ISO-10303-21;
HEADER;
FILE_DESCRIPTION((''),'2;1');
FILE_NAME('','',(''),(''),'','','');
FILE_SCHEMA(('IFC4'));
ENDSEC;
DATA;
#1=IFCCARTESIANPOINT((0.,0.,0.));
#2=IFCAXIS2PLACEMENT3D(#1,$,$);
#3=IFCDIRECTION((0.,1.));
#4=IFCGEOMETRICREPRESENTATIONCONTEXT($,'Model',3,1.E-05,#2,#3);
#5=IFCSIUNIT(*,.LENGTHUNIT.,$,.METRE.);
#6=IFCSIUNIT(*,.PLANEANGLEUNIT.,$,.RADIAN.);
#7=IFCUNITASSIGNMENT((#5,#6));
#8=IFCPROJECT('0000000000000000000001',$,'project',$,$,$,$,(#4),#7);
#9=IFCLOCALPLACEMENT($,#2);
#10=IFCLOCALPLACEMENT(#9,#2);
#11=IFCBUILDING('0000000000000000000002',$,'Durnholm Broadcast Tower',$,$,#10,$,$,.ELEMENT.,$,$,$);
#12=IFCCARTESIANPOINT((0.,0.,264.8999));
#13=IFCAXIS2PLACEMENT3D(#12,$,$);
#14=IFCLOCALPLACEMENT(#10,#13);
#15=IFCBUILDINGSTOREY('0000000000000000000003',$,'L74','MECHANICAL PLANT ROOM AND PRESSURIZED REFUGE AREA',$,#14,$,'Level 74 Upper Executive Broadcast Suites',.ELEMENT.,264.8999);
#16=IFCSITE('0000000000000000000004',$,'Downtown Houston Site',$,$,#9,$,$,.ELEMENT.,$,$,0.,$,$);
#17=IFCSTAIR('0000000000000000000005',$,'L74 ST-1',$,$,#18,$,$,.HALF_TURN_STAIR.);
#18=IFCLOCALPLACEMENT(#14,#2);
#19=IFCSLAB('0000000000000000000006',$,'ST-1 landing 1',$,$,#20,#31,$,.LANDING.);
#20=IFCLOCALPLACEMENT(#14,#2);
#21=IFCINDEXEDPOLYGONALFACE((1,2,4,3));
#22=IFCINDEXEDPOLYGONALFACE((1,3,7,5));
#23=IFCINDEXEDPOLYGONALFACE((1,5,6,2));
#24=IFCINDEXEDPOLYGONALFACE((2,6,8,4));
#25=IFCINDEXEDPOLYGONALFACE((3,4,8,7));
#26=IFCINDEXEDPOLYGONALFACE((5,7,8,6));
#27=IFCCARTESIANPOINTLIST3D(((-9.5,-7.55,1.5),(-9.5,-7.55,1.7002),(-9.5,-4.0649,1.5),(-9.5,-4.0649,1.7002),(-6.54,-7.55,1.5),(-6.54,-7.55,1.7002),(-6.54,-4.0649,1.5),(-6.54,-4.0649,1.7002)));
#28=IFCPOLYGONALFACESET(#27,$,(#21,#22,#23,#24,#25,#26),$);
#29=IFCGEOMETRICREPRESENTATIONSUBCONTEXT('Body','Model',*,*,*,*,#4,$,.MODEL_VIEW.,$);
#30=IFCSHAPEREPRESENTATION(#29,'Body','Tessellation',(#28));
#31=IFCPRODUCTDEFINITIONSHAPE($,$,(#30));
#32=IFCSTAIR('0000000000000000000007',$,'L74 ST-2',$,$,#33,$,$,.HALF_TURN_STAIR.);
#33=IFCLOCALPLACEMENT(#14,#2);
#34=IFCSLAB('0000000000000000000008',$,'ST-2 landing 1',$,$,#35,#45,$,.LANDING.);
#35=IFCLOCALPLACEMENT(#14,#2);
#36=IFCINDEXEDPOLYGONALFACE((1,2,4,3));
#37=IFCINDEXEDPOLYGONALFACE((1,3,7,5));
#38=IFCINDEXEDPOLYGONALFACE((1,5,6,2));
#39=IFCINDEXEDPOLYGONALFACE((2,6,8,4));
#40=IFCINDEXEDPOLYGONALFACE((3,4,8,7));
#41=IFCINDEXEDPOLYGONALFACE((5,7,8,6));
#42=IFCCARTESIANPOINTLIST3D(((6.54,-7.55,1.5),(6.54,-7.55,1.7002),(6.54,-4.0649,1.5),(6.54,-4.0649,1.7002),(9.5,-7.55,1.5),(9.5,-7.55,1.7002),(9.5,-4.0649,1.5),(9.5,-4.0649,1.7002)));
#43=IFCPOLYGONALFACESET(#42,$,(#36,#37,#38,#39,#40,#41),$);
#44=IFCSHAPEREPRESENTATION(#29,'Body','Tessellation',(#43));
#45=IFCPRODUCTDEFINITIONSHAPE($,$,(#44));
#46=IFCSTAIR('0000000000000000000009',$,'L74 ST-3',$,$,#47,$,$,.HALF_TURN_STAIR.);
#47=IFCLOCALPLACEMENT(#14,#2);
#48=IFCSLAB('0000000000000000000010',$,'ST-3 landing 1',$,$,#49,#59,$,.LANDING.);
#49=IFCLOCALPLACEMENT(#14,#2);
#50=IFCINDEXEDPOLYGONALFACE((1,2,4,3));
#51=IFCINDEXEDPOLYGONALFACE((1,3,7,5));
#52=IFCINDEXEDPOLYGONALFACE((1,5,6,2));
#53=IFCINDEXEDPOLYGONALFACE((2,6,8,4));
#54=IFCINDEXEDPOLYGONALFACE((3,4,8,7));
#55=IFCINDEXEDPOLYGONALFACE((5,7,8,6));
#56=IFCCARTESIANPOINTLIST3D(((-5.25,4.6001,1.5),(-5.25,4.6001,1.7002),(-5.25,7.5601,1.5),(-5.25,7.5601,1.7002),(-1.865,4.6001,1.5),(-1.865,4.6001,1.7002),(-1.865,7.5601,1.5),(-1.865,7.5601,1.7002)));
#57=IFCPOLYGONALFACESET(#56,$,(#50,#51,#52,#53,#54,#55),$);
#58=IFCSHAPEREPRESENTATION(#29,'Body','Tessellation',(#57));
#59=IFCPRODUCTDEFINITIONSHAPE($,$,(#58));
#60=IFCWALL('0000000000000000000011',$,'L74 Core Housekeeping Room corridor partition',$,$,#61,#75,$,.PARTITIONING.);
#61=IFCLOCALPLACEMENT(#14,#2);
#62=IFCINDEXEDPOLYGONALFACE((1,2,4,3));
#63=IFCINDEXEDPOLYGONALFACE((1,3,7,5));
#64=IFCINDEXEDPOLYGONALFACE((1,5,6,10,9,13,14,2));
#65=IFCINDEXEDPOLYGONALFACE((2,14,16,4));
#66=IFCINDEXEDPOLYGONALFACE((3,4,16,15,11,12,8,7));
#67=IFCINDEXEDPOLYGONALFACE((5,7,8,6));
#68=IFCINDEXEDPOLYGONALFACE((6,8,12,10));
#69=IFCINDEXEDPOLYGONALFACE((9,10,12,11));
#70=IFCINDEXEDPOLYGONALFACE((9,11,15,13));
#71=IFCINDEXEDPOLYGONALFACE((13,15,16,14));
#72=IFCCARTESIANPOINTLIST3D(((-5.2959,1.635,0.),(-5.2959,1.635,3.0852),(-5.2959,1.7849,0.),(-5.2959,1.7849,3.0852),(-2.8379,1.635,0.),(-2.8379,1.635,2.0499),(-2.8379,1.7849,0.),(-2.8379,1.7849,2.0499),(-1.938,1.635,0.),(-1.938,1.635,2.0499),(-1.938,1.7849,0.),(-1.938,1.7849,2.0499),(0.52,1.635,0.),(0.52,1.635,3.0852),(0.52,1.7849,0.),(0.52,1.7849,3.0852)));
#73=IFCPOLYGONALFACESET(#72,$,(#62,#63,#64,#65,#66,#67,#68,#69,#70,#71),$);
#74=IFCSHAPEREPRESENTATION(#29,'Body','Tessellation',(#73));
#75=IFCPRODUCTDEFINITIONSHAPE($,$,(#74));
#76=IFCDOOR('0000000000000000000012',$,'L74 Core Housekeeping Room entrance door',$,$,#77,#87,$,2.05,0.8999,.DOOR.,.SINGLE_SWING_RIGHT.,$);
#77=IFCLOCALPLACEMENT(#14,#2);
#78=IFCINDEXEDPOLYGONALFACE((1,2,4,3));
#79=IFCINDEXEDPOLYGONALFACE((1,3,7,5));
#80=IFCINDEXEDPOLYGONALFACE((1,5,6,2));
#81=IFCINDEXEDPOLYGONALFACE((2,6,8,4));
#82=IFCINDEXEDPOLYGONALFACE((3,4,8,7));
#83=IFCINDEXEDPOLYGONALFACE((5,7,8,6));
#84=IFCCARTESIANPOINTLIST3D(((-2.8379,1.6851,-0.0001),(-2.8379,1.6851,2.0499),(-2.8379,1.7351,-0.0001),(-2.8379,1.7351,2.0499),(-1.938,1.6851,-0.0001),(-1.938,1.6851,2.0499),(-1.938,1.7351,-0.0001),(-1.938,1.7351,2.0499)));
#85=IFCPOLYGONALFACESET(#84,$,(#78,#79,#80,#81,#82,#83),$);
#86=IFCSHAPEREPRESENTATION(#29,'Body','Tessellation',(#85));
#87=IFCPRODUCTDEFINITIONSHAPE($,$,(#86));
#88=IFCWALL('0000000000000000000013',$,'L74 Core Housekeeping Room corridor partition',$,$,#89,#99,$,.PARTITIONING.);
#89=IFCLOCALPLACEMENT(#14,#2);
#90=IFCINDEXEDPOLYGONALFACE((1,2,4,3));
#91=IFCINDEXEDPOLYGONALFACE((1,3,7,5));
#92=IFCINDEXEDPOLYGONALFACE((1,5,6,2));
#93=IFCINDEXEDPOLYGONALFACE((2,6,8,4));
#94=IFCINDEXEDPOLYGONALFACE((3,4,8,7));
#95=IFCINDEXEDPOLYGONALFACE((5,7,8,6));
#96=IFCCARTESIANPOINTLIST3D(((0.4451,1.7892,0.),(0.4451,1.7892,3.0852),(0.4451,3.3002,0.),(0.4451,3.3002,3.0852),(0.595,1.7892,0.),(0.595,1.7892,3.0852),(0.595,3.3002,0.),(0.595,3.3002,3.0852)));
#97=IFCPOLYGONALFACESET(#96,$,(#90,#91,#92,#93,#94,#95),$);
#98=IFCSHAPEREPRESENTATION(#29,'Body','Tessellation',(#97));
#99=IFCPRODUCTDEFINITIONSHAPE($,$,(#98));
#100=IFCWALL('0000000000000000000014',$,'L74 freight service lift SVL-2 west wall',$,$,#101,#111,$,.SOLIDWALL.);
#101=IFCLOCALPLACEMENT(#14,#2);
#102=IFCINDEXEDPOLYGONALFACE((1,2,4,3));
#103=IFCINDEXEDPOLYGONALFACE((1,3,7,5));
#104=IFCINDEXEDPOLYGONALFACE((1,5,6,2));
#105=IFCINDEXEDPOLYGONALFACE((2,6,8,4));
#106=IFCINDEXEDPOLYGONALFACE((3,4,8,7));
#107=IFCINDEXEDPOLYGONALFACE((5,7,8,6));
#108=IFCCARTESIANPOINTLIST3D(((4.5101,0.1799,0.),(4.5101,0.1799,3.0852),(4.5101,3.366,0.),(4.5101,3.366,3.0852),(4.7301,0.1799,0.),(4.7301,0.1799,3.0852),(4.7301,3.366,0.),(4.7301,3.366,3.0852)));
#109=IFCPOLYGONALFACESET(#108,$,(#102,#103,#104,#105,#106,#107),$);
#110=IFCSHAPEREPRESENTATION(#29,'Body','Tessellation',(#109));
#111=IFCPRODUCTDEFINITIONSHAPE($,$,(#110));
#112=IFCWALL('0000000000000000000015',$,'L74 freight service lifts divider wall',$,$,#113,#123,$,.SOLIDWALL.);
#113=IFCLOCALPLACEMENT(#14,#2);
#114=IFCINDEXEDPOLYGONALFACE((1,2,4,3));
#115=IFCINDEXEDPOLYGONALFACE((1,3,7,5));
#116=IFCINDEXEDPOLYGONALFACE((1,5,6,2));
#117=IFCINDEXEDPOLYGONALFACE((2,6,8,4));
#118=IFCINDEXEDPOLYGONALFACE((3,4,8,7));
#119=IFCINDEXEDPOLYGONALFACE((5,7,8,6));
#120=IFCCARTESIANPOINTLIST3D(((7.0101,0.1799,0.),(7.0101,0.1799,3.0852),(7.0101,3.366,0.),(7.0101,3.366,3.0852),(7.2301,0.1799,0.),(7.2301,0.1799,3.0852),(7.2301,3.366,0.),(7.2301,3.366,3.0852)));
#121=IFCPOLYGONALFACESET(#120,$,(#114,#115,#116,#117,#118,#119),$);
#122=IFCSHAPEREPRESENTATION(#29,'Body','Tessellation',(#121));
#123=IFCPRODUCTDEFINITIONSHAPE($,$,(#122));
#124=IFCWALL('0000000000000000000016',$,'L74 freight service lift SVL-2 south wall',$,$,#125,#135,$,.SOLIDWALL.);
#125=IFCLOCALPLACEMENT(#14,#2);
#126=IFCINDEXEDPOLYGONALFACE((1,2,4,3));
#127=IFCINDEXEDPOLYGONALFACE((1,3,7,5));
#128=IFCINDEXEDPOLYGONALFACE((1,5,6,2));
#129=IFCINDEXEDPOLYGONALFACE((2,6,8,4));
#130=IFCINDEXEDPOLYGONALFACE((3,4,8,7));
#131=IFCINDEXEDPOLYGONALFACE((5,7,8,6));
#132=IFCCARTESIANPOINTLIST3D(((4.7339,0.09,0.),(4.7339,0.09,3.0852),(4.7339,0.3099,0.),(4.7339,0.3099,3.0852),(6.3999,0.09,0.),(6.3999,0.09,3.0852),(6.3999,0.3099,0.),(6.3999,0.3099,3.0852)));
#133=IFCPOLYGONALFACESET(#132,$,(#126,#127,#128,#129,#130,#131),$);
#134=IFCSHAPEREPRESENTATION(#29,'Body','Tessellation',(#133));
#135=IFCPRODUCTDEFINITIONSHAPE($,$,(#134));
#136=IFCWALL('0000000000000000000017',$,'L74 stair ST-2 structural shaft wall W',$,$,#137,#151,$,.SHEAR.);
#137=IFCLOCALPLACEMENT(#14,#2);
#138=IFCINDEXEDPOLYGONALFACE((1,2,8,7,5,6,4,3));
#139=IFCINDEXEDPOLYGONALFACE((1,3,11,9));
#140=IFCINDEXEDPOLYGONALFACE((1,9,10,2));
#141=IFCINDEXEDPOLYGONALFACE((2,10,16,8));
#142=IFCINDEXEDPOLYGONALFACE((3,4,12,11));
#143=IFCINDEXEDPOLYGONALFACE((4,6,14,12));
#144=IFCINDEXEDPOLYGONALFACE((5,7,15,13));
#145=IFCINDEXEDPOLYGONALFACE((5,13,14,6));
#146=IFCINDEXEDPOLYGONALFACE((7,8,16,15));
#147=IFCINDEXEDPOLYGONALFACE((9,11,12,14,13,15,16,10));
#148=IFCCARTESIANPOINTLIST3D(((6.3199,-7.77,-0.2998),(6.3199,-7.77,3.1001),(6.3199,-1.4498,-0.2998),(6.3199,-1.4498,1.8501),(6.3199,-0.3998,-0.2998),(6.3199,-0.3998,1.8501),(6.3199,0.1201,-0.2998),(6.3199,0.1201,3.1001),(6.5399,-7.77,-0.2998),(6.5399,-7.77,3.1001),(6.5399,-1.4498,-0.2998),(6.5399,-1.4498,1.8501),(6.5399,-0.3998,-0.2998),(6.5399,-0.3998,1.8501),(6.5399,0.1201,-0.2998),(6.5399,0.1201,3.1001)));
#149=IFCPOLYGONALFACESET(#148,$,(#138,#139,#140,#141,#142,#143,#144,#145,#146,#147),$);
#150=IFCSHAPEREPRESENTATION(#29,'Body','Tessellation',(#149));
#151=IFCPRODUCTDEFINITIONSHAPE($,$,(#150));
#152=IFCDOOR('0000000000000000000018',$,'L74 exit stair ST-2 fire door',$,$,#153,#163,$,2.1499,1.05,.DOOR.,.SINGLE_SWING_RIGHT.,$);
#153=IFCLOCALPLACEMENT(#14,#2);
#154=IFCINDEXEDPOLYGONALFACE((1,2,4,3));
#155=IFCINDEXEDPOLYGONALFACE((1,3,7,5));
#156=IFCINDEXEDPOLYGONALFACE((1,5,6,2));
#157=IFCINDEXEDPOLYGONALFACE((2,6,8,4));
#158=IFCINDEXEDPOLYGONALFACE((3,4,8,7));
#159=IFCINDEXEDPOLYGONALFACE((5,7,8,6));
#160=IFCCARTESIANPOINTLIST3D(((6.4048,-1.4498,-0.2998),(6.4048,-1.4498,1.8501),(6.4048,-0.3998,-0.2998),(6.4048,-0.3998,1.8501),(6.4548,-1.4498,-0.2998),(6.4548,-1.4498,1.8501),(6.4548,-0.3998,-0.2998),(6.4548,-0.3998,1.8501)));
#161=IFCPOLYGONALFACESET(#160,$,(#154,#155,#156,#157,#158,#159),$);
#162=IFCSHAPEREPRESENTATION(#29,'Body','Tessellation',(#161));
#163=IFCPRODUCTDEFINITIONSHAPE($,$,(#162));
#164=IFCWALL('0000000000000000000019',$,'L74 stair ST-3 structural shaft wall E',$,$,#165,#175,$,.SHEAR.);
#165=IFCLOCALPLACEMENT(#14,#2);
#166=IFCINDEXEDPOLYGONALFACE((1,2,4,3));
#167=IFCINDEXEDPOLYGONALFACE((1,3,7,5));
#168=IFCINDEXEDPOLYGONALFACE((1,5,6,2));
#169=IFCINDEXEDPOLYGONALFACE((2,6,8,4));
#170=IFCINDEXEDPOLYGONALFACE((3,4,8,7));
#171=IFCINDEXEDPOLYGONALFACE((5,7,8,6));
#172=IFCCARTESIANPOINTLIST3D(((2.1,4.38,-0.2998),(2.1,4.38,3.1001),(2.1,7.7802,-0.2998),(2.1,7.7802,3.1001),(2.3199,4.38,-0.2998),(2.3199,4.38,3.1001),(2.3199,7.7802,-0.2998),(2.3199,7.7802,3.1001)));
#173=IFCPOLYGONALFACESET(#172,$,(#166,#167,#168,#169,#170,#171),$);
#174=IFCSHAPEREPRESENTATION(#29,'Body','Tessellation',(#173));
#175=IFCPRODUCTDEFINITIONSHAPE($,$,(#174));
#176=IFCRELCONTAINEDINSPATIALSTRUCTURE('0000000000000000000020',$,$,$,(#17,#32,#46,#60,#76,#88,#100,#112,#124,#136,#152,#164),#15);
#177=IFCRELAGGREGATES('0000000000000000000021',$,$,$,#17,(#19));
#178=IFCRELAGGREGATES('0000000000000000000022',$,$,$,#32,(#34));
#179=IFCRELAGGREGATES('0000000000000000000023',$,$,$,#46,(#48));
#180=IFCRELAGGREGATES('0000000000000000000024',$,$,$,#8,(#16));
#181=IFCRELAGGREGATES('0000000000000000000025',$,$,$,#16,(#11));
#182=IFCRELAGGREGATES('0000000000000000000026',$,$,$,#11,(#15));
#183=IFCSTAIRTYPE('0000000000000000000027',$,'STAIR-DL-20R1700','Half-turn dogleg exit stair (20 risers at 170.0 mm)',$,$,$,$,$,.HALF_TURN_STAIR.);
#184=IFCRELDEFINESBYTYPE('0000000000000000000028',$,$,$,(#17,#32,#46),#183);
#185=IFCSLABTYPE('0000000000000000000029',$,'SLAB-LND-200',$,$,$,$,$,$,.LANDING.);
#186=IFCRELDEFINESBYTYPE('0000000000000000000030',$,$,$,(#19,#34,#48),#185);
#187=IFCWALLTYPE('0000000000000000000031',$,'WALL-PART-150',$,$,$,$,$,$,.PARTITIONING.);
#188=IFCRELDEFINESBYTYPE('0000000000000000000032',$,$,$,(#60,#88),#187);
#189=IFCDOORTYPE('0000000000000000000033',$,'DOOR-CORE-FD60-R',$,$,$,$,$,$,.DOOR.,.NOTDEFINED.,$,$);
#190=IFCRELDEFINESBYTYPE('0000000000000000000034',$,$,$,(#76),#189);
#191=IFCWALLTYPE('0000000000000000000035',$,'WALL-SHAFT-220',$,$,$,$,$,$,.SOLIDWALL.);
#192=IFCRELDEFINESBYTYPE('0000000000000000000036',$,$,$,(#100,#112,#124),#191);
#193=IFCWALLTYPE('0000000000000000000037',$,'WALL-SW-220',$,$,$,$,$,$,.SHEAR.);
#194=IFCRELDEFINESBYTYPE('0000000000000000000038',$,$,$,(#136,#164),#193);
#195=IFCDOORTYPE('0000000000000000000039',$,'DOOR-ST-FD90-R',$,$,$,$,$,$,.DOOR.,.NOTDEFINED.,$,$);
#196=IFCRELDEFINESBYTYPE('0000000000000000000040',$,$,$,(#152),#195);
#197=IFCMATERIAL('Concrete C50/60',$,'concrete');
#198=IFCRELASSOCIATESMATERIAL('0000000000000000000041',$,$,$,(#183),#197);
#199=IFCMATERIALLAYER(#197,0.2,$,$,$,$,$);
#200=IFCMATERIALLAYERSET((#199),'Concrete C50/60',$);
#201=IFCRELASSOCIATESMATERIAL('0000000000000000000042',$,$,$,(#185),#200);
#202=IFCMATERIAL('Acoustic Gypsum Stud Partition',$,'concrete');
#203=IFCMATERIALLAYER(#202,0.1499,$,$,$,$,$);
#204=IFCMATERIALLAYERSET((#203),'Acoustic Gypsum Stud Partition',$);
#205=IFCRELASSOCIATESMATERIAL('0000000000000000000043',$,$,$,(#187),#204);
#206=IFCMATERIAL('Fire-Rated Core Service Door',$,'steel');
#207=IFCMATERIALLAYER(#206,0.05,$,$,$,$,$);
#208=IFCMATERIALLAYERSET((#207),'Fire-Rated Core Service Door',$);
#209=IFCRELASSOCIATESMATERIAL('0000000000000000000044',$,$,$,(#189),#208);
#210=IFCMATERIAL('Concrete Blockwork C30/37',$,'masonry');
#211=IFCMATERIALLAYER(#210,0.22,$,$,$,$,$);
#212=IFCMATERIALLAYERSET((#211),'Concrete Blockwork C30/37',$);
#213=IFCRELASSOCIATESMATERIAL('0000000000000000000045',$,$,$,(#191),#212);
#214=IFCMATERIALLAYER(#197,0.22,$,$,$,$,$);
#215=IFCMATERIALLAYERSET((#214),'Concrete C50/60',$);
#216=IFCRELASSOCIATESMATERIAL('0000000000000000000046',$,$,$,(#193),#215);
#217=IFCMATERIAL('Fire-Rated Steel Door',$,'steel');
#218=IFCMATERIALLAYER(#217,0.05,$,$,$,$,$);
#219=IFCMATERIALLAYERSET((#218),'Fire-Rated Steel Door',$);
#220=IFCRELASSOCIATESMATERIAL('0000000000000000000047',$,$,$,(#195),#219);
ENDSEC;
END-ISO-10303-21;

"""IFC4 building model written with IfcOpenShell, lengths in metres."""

from ifc_helpers import new_model, si_unit, direction, frame, frame_2d, origin, place, context, subcontext, project, spatial, polyline, rectangle, outline, extrude, source, transform, mapped, material, layer, layer_set, type_object, type_shapes, element, fill, aggregate, save


model = new_model("IFC4")

# Units and contexts
model_context = context("Model", 3, precision=1e-05, world=origin(), true_north=direction((0.0, 1.0)))
body_context = subcontext(model_context, "Body", "Model", "MODEL_VIEW")
ifc_project = project(units=[si_unit("LENGTHUNIT", "METRE"), si_unit("PLANEANGLEUNIT", "RADIAN")], contexts=[model_context])

# Site, building, storey
site_placement = place(None, origin())
site = spatial("IfcSite", under=ifc_project, at=site_placement, Name="Downtown Houston Site", CompositionType="ELEMENT", RefElevation=0.0)
building_placement = place(site_placement, origin())
building = spatial("IfcBuilding", under=site, at=building_placement, Name="Durnholm Broadcast Tower", CompositionType="ELEMENT")
storey_placement = place(building_placement, frame((0.0, 0.0, 264.8999)))
storey = spatial("IfcBuildingStorey", under=building, at=storey_placement, Name="L74", Description="MECHANICAL PLANT ROOM AND PRESSURIZED REFUGE AREA", LongName="Level 74 Upper Executive Broadcast Suites", CompositionType="ELEMENT", Elevation=264.8999)

# Stairs, slabs
ifc_material_1 = material(Name="Concrete C50/60", Category="concrete")
stair_type = type_object("IfcStairType", Name="STAIR-DL-20R1700", Description="Half-turn dogleg exit stair (20 risers at 170.0 mm)", PredefinedType="HALF_TURN_STAIR", material=ifc_material_1)
stair_1_placement = place(storey_placement, origin())
stair_1 = element("IfcStair", 1, at=stair_1_placement, inside=storey, type_object=stair_type, Name="L74 ST-1", PredefinedType="HALF_TURN_STAIR")
ifc_layer_1 = layer(ifc_material_1, 0.2)
ifc_layer_set_1 = layer_set([ifc_layer_1], Name="Concrete C50/60")
slab_type = type_object("IfcSlabType", Name="SLAB-LND-200", PredefinedType="LANDING", material=ifc_layer_set_1)
slab_1_placement = place(storey_placement, frame((0.0, 0.0, 1.5)))
slab_1 = element("IfcSlab", 2, at=slab_1_placement, type_object=slab_type, Name="ST-1 landing 1", PredefinedType="LANDING", context=body_context, shape_type="SweptSolid", body=[
    extrude(outline(polyline([(-9.5, -4.0649), (-9.5, -7.55), (-6.54, -7.55), (-6.54, -4.0649), (-9.5, -4.0649)])), origin(), (0.0, 0.0, 1.0), 0.2002),
])
aggregate(stair_1, [slab_1])
stair_2_placement = place(storey_placement, origin())
stair_2 = element("IfcStair", 3, at=stair_2_placement, inside=storey, type_object=stair_type, Name="L74 ST-2", PredefinedType="HALF_TURN_STAIR")
slab_2_placement = place(storey_placement, frame((0.0, 0.0, 1.5)))
slab_2 = element("IfcSlab", 4, at=slab_2_placement, type_object=slab_type, Name="ST-2 landing 1", PredefinedType="LANDING", context=body_context, shape_type="SweptSolid", body=[
    extrude(outline(polyline([(6.54, -4.0649), (6.54, -7.55), (9.5, -7.55), (9.5, -4.0649), (6.54, -4.0649)])), origin(), (0.0, 0.0, 1.0), 0.2002),
])
aggregate(stair_2, [slab_2])
stair_3_placement = place(storey_placement, origin())
stair_3 = element("IfcStair", 5, at=stair_3_placement, inside=storey, type_object=stair_type, Name="L74 ST-3", PredefinedType="HALF_TURN_STAIR")
slab_3_placement = place(storey_placement, frame((0.0, 0.0, 1.5)))
slab_3 = element("IfcSlab", 6, at=slab_3_placement, type_object=slab_type, Name="ST-3 landing 1", PredefinedType="LANDING", context=body_context, shape_type="SweptSolid", body=[
    extrude(outline(polyline([(-1.865, 7.5601), (-5.25, 7.5601), (-5.25, 4.6001), (-1.865, 4.6001), (-1.865, 7.5601)])), origin(), (0.0, 0.0, 1.0), 0.2002),
])

# Wall, opening, door
ifc_material_2 = material(Name="Acoustic Gypsum Stud Partition", Category="concrete")
ifc_layer_2 = layer(ifc_material_2, 0.1499)
ifc_layer_set_2 = layer_set([ifc_layer_2], Name="Acoustic Gypsum Stud Partition")
wall_type_1 = type_object("IfcWallType", Name="WALL-PART-150", PredefinedType="PARTITIONING", material=ifc_layer_set_2)
wall_1_placement = place(storey_placement, frame((0.52, 1.71, 0.0), z_axis=(0.0, 0.0, 1.0), x_axis=(-1.0, 0.0, 0.0)))
wall_1 = element("IfcWall", 7, at=wall_1_placement, inside=storey, type_object=wall_type_1, Name="L74 Core Housekeeping Room corridor partition", PredefinedType="PARTITIONING", context=body_context, shape_type="SweptSolid", body=[
    extrude(rectangle(XDim=5.8159, YDim=0.1499, at=frame_2d((2.908, 0.0))), origin(), (0.0, 0.0, 1.0), 3.0852),
])
opening_1_placement = place(wall_1_placement, frame((2.458, 0.0, 0.0)))
opening_1 = element("IfcOpeningElement", 8, at=opening_1_placement, cuts=wall_1, PredefinedType="OPENING", context=body_context, shape_type="SweptSolid", body=[
    extrude(rectangle(XDim=0.8999, YDim=2.05, at=frame_2d((0.45, 1.0249))), frame((0.0, 0.085, 0.0), z_axis=(0.0, -1.0, 0.0), x_axis=(1.0, 0.0, 0.0)), (0.0, 0.0, 1.0), 0.1699),
])
ifc_material_3 = material(Name="Fire-Rated Core Service Door", Category="steel")
ifc_layer_3 = layer(ifc_material_3, 0.05)
ifc_layer_set_3 = layer_set([ifc_layer_3], Name="Fire-Rated Core Service Door")
door_type_1 = type_object("IfcDoorType", Name="DOOR-CORE-FD60-R", OperationType="NOTDEFINED", PredefinedType="DOOR", material=ifc_layer_set_3)
shared_shape_1 = source(origin(), body_context, "Body", "SweptSolid", [
    extrude(rectangle(XDim=0.8999, YDim=2.05, at=frame_2d((0.45, 1.0249))), frame((0.0, 0.0249, 0.0), z_axis=(0.0, -1.0, 0.0), x_axis=(1.0, 0.0, 0.0)), (0.0, 0.0, 1.0), 0.05),
])
type_shapes(door_type_1, [shared_shape_1])
door_1_placement = place(opening_1_placement, origin())
door_1 = element("IfcDoor", 9, at=door_1_placement, inside=storey, type_object=door_type_1, Name="L74 Core Housekeeping Room entrance door", OperationType="SINGLE_SWING_RIGHT", OverallHeight=2.05, OverallWidth=0.8999, PredefinedType="DOOR", context=body_context, shape_type="MappedRepresentation", body=[
    mapped(shared_shape_1, transform((0.0, 0.0, 0.0), x_axis=(1.0, 0.0, 0.0), y_axis=(0.0, 1.0, 0.0), z_axis=(0.0, 0.0, 1.0), scale=1.0)),
])
fill(opening_1, door_1)

# Wall
wall_2_placement = place(storey_placement, frame((0.52, 3.3, 0.0), z_axis=(0.0, 0.0, 1.0), x_axis=(0.0, -1.0, 0.0)))
element("IfcWall", 10, at=wall_2_placement, inside=storey, type_object=wall_type_1, Name="L74 Core Housekeeping Room corridor partition", PredefinedType="PARTITIONING", context=body_context, shape_type="SweptSolid", body=[
    extrude(rectangle(XDim=1.511, YDim=0.1499, at=frame_2d((0.7554, 0.0))), origin(), (0.0, 0.0, 1.0), 3.0852),
])

# Shared definitions
ifc_material_4 = material(Name="Concrete Blockwork C30/37", Category="masonry")
ifc_layer_4 = layer(ifc_material_4, 0.22)
ifc_layer_set_4 = layer_set([ifc_layer_4], Name="Concrete Blockwork C30/37")
wall_type_2 = type_object("IfcWallType", Name="WALL-SHAFT-220", PredefinedType="SOLIDWALL", material=ifc_layer_set_4)

# Walls
for number, where, z_axis, x_axis, name in (
    (11, (4.6201, 0.1799, 0.0), (0.0, 0.0, 1.0), (0.0, 1.0, 0.0), "L74 freight service lift SVL-2 west wall"),
    (12, (7.1201, 0.1799, 0.0), (0.0, 0.0, 1.0), (0.0, 1.0, 0.0), "L74 freight service lifts divider wall"),
):
    element("IfcWall", number, at=place(storey_placement, frame(where, z_axis=z_axis, x_axis=x_axis)), inside=storey, type_object=wall_type_2, Name=name, PredefinedType="SOLIDWALL", context=body_context, shape_type="SweptSolid", body=[
        extrude(rectangle(XDim=3.186, YDim=0.22, at=frame_2d((1.593, 0.0))), origin(), (0.0, 0.0, 1.0), 3.0852),
    ])
wall_3_placement = place(storey_placement, frame((4.7339, 0.2, 0.0), z_axis=(0.0, 0.0, 1.0), x_axis=(1.0, 0.0, 0.0)))
element("IfcWall", 13, at=wall_3_placement, inside=storey, type_object=wall_type_2, Name="L74 freight service lift SVL-2 south wall", PredefinedType="SOLIDWALL", context=body_context, shape_type="SweptSolid", body=[
    extrude(rectangle(XDim=1.666, YDim=0.22, at=frame_2d((0.833, 0.0))), origin(), (0.0, 0.0, 1.0), 3.0852),
])

# Wall, opening, door
ifc_layer_5 = layer(ifc_material_1, 0.22)
ifc_layer_set_5 = layer_set([ifc_layer_5], Name="Concrete C50/60")
wall_type_3 = type_object("IfcWallType", Name="WALL-SW-220", PredefinedType="SHEAR", material=ifc_layer_set_5)
wall_4_placement = place(storey_placement, frame((6.4299, 0.1201, -0.2998), z_axis=(0.0, 0.0, 1.0), x_axis=(0.0, -1.0, 0.0)))
wall_4 = element("IfcWall", 14, at=wall_4_placement, inside=storey, type_object=wall_type_3, Name="L74 stair ST-2 structural shaft wall W", PredefinedType="SHEAR", context=body_context, shape_type="SweptSolid", body=[
    extrude(rectangle(XDim=7.8901, YDim=0.22, at=frame_2d((3.9451, 0.0))), origin(), (0.0, 0.0, 1.0), 3.3999),
])
opening_2_placement = place(wall_4_placement, frame((0.52, 0.0, 0.0)))
opening_2 = element("IfcOpeningElement", 15, at=opening_2_placement, cuts=wall_4, PredefinedType="OPENING", context=body_context, shape_type="SweptSolid", body=[
    extrude(rectangle(XDim=1.05, YDim=2.1499, at=frame_2d((0.5249, 1.075))), frame((0.0, 0.1201, 0.0), z_axis=(0.0, -1.0, 0.0), x_axis=(1.0, 0.0, 0.0)), (0.0, 0.0, 1.0), 0.24),
])
ifc_material_5 = material(Name="Fire-Rated Steel Door", Category="steel")
ifc_layer_6 = layer(ifc_material_5, 0.05)
ifc_layer_set_6 = layer_set([ifc_layer_6], Name="Fire-Rated Steel Door")
door_type_2 = type_object("IfcDoorType", Name="DOOR-ST-FD90-R", OperationType="NOTDEFINED", PredefinedType="DOOR", material=ifc_layer_set_6)
shared_shape_2 = source(origin(), body_context, "Body", "SweptSolid", [
    extrude(rectangle(XDim=1.05, YDim=2.1499, at=frame_2d((0.5249, 1.075))), frame((0.0, 0.0249, 0.0), z_axis=(0.0, -1.0, 0.0), x_axis=(1.0, 0.0, 0.0)), (0.0, 0.0, 1.0), 0.05),
])
type_shapes(door_type_2, [shared_shape_2])
door_2_placement = place(opening_2_placement, origin())
door_2 = element("IfcDoor", 16, at=door_2_placement, inside=storey, type_object=door_type_2, Name="L74 exit stair ST-2 fire door", OperationType="SINGLE_SWING_RIGHT", OverallHeight=2.1499, OverallWidth=1.05, PredefinedType="DOOR", context=body_context, shape_type="MappedRepresentation", body=[
    mapped(shared_shape_2, transform((0.0, 0.0, 0.0), x_axis=(1.0, 0.0, 0.0), y_axis=(0.0, 1.0, 0.0), z_axis=(0.0, 0.0, 1.0), scale=1.0)),
])
fill(opening_2, door_2)

# Wall
wall_5_placement = place(storey_placement, frame((2.21, 4.3799, -0.2998), z_axis=(0.0, 0.0, 1.0), x_axis=(0.0, 1.0, 0.0)))
element("IfcWall", 17, at=wall_5_placement, inside=storey, type_object=wall_type_3, Name="L74 stair ST-3 structural shaft wall E", PredefinedType="SHEAR", context=body_context, shape_type="SweptSolid", body=[
    extrude(rectangle(XDim=3.4001, YDim=0.22, at=frame_2d((1.7002, 0.0))), origin(), (0.0, 0.0, 1.0), 3.3999),
])

aggregate(stair_3, [slab_3])

save(model, "model.ifc")
